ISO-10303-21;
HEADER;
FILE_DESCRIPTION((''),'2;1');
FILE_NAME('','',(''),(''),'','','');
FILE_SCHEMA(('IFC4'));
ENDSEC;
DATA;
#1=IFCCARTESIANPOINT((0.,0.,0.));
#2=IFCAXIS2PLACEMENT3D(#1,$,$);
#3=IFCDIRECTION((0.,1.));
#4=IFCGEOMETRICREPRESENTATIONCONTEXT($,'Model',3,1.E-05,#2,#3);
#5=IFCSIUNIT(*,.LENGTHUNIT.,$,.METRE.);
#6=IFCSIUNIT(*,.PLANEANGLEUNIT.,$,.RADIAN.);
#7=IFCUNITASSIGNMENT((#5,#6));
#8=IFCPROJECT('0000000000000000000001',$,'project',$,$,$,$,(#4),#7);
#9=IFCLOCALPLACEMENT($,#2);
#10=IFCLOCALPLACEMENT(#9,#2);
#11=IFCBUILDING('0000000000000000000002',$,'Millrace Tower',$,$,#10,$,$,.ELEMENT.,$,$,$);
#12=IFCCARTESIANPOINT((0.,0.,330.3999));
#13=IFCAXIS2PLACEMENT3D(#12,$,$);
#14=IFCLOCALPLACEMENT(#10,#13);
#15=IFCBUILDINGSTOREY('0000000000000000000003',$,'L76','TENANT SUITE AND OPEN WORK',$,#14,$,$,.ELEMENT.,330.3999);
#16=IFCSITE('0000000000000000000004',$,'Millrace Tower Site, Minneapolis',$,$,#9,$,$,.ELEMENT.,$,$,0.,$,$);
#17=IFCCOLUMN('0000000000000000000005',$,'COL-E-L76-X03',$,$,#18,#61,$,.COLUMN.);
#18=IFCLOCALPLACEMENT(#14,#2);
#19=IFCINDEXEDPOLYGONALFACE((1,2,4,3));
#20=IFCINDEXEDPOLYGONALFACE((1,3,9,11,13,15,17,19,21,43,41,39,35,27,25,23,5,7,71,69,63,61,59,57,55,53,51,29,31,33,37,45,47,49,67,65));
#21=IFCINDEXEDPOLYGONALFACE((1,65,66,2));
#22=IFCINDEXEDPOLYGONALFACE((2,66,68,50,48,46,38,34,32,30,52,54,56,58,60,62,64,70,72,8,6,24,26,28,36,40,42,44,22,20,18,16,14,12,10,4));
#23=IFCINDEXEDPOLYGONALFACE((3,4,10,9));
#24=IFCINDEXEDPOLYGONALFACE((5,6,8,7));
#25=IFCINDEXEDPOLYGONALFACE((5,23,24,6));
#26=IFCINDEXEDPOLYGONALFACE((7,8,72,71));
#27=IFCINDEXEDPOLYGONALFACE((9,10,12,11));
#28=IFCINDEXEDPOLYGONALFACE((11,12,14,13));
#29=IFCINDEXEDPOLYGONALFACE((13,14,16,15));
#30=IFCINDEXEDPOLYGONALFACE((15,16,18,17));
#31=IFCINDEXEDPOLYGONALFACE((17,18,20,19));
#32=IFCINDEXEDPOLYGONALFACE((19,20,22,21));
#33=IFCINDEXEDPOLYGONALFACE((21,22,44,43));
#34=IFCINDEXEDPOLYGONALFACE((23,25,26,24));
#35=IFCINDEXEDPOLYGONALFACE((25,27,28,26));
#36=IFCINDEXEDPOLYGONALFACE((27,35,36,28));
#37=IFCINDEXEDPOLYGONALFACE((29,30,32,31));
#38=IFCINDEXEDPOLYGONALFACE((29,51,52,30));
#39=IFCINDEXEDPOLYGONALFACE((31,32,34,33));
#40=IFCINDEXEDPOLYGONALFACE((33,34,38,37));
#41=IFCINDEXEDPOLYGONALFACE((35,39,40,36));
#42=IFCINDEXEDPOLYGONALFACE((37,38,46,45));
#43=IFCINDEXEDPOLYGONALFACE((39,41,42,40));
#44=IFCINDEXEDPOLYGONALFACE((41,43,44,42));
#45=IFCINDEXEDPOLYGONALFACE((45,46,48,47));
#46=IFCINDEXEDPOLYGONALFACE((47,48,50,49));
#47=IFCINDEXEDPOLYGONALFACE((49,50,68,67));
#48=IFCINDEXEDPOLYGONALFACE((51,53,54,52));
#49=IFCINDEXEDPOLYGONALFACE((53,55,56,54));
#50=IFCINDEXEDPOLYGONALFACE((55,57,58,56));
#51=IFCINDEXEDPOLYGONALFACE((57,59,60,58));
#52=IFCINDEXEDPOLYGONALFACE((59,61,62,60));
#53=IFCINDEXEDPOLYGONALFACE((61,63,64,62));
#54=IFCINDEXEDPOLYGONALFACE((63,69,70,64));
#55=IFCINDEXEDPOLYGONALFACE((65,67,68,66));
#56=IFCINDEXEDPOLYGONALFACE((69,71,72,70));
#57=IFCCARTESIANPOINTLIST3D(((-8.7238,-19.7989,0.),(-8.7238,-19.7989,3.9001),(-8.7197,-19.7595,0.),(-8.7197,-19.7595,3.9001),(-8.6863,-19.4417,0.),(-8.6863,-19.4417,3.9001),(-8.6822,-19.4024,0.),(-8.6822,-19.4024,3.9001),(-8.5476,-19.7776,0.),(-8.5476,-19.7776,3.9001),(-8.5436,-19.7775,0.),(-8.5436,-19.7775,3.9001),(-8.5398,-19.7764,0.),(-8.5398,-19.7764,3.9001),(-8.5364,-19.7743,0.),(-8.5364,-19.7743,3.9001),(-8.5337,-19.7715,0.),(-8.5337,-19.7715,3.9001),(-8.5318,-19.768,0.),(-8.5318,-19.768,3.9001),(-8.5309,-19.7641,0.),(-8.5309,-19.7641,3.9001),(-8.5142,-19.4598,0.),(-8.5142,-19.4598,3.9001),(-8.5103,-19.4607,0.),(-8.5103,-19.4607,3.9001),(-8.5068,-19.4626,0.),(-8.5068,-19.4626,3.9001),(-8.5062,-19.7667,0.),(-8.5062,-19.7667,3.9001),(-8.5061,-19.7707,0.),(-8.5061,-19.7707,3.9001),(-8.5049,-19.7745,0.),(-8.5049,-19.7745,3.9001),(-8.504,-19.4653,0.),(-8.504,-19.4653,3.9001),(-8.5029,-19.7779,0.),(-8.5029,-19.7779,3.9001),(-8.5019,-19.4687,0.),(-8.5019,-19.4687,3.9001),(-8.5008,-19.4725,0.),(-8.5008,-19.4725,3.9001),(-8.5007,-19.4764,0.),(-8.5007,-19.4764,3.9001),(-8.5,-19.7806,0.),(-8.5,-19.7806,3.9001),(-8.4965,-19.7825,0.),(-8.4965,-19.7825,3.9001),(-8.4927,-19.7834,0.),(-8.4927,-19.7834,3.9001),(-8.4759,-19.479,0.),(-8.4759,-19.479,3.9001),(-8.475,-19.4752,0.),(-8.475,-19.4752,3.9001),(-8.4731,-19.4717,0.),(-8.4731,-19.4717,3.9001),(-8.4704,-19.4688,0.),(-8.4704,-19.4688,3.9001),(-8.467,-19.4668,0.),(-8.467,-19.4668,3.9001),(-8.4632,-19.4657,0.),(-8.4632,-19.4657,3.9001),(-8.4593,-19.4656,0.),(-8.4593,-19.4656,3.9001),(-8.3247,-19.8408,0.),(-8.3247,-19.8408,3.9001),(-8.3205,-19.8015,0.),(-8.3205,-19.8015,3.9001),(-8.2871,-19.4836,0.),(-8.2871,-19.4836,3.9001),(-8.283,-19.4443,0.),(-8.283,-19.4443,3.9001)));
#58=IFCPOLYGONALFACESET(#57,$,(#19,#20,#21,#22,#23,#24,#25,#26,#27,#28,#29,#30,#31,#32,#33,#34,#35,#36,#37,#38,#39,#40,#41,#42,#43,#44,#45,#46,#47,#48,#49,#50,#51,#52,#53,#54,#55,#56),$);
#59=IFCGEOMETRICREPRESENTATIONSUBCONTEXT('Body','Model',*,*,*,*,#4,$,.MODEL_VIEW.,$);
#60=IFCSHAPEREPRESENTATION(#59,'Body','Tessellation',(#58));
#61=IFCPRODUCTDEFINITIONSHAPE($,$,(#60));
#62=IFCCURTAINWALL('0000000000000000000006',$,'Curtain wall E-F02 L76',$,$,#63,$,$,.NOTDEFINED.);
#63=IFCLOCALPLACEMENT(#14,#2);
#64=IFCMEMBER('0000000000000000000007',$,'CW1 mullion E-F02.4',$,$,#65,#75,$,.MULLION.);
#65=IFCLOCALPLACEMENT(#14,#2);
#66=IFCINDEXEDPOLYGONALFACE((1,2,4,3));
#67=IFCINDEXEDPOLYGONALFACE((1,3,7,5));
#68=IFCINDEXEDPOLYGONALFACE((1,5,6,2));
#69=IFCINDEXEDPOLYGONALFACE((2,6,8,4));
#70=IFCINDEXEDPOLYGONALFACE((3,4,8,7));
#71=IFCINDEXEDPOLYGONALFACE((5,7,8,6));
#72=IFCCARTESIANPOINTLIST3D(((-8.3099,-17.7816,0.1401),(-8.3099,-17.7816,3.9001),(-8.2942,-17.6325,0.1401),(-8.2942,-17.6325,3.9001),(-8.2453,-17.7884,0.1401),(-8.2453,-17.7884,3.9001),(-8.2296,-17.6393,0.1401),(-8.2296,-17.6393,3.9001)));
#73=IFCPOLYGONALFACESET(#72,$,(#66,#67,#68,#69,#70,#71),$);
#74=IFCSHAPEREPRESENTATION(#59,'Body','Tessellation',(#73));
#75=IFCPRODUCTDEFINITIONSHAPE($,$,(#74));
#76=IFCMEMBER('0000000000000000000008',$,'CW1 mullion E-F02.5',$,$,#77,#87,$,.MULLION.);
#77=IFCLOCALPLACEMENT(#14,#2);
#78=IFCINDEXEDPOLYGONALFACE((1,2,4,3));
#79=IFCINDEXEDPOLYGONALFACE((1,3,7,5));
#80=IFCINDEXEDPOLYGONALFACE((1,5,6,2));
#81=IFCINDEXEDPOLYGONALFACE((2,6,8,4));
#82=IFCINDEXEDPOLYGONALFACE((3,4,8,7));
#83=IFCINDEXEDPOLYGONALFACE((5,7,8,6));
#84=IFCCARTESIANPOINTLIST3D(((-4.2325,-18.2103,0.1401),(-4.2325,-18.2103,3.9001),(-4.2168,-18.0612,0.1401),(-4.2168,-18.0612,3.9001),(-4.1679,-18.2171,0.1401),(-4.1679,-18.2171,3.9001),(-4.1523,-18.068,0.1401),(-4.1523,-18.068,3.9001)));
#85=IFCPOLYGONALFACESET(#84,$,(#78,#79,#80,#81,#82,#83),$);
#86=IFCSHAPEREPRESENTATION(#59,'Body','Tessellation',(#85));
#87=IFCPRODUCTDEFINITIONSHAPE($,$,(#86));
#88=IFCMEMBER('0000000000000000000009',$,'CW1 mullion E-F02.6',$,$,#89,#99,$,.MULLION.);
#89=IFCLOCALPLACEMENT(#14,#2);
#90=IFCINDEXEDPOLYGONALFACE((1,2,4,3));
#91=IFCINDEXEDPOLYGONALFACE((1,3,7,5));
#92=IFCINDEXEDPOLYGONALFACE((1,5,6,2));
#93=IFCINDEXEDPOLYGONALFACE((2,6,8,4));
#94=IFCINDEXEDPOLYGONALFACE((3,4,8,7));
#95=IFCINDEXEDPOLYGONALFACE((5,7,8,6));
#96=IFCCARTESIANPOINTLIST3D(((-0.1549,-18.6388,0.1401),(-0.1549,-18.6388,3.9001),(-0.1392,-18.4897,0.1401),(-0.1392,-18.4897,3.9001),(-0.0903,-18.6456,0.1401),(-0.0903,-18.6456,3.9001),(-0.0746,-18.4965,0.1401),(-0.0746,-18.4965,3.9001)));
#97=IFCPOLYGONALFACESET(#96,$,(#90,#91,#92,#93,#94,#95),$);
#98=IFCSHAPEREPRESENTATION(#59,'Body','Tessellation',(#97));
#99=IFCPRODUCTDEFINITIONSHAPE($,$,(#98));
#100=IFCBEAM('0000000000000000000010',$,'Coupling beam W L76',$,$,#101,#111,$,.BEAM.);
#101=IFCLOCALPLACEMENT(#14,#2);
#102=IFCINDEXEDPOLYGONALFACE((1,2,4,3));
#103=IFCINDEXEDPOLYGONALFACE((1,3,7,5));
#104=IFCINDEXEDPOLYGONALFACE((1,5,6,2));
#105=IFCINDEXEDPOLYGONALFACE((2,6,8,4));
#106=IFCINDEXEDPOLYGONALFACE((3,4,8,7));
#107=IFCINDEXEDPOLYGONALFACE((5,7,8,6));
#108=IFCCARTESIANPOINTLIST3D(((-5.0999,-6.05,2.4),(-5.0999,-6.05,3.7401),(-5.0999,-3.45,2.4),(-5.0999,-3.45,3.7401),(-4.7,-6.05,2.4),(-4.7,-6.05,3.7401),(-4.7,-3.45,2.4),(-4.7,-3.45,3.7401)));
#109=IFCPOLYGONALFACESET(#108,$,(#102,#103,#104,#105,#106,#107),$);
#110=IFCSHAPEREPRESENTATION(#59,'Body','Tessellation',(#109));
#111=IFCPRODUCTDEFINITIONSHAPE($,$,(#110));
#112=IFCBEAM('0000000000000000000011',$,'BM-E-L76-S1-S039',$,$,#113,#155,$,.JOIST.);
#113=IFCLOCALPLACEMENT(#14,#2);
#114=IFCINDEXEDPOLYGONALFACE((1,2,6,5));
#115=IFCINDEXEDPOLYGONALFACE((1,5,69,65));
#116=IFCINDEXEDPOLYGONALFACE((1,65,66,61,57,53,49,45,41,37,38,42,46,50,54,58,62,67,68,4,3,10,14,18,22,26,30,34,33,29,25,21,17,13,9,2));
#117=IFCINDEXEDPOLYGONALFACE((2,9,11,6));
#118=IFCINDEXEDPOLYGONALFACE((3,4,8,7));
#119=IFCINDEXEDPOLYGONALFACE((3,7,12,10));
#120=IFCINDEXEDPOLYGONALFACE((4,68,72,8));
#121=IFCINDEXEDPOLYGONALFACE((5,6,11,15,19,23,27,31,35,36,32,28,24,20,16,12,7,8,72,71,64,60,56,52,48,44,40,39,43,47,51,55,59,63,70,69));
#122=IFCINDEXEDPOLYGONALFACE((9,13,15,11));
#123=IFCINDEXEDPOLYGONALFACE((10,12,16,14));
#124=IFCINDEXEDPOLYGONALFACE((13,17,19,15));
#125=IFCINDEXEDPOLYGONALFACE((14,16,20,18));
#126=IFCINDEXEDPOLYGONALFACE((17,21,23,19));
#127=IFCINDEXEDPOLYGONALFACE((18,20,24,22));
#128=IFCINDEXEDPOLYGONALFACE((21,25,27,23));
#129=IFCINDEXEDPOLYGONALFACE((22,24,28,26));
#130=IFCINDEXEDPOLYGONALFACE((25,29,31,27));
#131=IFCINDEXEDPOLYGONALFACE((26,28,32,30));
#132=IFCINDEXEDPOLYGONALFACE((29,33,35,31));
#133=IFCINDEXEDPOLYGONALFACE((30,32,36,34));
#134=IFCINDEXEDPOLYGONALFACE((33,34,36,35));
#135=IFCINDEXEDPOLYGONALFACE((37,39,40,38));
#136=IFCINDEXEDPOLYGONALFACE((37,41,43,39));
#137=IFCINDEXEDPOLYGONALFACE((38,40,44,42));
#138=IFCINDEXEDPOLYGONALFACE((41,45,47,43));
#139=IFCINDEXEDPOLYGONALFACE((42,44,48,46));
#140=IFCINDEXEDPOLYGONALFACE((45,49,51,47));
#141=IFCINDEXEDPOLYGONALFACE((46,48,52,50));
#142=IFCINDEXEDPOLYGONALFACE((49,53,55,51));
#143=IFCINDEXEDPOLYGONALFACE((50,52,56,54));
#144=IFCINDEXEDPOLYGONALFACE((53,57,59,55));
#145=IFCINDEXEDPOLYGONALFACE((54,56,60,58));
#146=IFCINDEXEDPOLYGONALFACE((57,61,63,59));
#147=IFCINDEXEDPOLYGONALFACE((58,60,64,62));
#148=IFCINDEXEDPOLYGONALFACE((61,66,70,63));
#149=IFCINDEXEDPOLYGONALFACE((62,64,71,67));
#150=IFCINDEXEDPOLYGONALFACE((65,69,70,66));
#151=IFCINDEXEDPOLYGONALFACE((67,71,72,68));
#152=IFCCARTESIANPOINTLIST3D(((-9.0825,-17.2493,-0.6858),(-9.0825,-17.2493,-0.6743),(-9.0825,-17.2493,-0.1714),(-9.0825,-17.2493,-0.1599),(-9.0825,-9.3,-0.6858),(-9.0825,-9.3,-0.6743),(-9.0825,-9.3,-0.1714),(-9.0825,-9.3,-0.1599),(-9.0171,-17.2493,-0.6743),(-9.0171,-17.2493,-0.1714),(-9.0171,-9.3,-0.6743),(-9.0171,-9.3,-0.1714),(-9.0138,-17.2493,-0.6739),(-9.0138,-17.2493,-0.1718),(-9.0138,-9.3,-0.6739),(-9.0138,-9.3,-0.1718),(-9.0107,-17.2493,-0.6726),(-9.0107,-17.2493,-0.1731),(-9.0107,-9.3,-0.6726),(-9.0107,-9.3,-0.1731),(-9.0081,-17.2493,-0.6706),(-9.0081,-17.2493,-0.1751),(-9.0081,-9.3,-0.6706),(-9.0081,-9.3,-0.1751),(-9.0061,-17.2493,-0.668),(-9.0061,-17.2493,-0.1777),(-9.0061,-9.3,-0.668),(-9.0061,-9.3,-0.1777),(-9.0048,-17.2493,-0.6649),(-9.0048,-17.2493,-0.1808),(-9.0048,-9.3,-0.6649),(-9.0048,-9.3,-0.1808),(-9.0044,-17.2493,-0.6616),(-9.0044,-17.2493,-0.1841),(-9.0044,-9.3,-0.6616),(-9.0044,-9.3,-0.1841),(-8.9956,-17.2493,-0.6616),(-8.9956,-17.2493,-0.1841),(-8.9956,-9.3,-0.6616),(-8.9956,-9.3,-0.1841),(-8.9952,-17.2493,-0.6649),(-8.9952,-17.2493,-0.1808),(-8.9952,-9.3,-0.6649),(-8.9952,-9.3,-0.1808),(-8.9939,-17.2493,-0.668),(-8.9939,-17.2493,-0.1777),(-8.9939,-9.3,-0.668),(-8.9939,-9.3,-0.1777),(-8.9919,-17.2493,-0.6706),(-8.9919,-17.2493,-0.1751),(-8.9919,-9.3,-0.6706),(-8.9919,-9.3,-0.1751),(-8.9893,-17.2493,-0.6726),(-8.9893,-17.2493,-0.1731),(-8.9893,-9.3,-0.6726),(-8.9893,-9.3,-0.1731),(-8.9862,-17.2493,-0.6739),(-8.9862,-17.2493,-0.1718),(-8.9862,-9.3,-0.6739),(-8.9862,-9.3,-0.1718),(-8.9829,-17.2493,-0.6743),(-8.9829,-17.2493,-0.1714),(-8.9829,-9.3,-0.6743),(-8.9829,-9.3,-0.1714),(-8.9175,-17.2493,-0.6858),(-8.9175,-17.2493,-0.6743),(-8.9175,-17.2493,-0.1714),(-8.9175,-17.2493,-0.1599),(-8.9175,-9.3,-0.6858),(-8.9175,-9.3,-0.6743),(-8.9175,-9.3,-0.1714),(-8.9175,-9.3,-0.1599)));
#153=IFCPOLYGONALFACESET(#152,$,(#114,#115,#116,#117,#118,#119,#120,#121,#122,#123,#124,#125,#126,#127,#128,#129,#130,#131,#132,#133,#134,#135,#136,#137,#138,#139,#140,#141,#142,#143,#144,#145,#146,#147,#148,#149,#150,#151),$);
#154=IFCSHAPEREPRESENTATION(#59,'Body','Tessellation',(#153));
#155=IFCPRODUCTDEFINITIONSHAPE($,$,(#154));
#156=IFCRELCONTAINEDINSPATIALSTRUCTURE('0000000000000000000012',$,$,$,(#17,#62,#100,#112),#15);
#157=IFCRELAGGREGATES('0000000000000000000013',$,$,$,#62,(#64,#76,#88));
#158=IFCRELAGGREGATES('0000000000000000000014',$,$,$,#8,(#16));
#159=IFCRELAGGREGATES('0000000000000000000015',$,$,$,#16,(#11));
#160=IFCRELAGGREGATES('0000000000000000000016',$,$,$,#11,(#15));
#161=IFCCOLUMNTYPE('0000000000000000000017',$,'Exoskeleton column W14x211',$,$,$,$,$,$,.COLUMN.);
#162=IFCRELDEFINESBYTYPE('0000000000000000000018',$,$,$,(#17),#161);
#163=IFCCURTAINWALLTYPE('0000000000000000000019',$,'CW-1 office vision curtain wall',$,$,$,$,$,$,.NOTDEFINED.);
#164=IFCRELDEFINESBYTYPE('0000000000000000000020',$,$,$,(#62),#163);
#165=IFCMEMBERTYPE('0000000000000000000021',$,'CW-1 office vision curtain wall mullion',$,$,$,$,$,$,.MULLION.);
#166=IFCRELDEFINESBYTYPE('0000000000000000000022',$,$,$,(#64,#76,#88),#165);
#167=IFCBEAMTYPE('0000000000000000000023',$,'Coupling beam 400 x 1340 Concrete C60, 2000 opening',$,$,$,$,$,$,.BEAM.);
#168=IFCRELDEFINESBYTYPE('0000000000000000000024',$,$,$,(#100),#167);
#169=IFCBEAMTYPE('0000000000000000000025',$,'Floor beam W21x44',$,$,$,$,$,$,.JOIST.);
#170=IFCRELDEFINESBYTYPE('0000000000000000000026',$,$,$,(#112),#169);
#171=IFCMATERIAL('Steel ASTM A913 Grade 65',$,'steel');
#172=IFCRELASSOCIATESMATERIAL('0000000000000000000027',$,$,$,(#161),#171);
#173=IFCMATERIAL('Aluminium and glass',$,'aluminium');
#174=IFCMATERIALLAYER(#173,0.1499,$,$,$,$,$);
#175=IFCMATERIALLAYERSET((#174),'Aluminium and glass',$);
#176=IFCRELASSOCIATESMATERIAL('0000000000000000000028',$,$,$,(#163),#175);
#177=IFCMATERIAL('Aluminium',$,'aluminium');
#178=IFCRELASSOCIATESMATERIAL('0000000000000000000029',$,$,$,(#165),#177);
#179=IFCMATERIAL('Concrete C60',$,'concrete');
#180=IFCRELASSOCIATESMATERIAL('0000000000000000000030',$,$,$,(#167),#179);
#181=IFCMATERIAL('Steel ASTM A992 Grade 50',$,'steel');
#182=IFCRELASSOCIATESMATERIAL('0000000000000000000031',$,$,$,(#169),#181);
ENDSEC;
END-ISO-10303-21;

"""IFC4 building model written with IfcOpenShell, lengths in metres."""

from ifc_helpers import new_model, si_unit, direction, frame, origin, origin_2d, place, context, subcontext, project, spatial, rectangle, i_section, extrude, material, layer, layer_set, material_profile, profile_set, type_object, element, aggregate, save


model = new_model("IFC4")

# Units and contexts
model_context = context("Model", 3, precision=1e-05, world=origin(), true_north=direction((0.0, 1.0)))
body_context = subcontext(model_context, "Body", "Model", "MODEL_VIEW")
ifc_project = project(units=[si_unit("LENGTHUNIT", "METRE"), si_unit("PLANEANGLEUNIT", "RADIAN")], contexts=[model_context])

# Site, building, storey
site_placement = place(None, origin())
site = spatial("IfcSite", under=ifc_project, at=site_placement, Name="Millrace Tower Site, Minneapolis", CompositionType="ELEMENT", RefElevation=0.0)
building_placement = place(site_placement, origin())
building = spatial("IfcBuilding", under=site, at=building_placement, Name="Millrace Tower", CompositionType="ELEMENT")
storey_placement = place(building_placement, frame((0.0, 0.0, 330.3999)))
storey = spatial("IfcBuildingStorey", under=building, at=storey_placement, Name="L76", Description="TENANT SUITE AND OPEN WORK", CompositionType="ELEMENT", Elevation=330.3999)

# Column
ifc_material_1 = material(Name="Steel ASTM A913 Grade 65", Category="steel")
ifc_material_profile_1 = material_profile(ifc_material_1, i_section(OverallWidth=0.4014, OverallDepth=0.3987, WebThickness=0.0249, FlangeThickness=0.0396, FilletRadius=0.0151, at=origin_2d()))
ifc_profile_set_1 = profile_set([ifc_material_profile_1], Name="Steel ASTM A913 Grade 65")
column_type = type_object("IfcColumnType", Name="Exoskeleton column W14x211", PredefinedType="COLUMN", material=ifc_profile_set_1)
column_placement = place(storey_placement, frame((-8.5034, -19.6216, 0.0), z_axis=(0.0, 0.0, 1.0), x_axis=(0.994522, -0.104528, 0.0)))
element("IfcColumn", 1, at=column_placement, inside=storey, type_object=column_type, Name="COL-E-L76-X03", PredefinedType="COLUMN", context=body_context, shape_type="SweptSolid", body=[
    extrude(i_section(OverallWidth=0.4014, OverallDepth=0.3987, WebThickness=0.0249, FlangeThickness=0.0396, FilletRadius=0.0151, at=origin_2d()), origin(), (0.0, 0.0, 1.0), 3.9001),
])

# Curtain wall, members
ifc_material_2 = material(Name="Aluminium and glass", Category="aluminium")
ifc_layer_1 = layer(ifc_material_2, 0.1499)
ifc_layer_set_1 = layer_set([ifc_layer_1], Name="Aluminium and glass")
curtain_wall_type = type_object("IfcCurtainWallType", Name="CW-1 office vision curtain wall", PredefinedType="NOTDEFINED", material=ifc_layer_set_1)
curtain_wall_placement = place(storey_placement, origin())
curtain_wall = element("IfcCurtainWall", 2, at=curtain_wall_placement, inside=storey, type_object=curtain_wall_type, Name="Curtain wall E-F02 L76", PredefinedType="NOTDEFINED")
ifc_material_3 = material(Name="Aluminium", Category="aluminium")
ifc_material_profile_2 = material_profile(ifc_material_3, rectangle(XDim=0.0649, YDim=0.1499, at=origin_2d()))
ifc_profile_set_2 = profile_set([ifc_material_profile_2], Name="Aluminium")
member_type = type_object("IfcMemberType", Name="CW-1 office vision curtain wall mullion", PredefinedType="MULLION", material=ifc_profile_set_2)
member_1_placement = place(storey_placement, frame((-8.2698, -17.7104, 0.1401), z_axis=(0.0, 0.0, 1.0), x_axis=(0.994522, -0.104528, 0.0)))
member_1 = element("IfcMember", 3, at=member_1_placement, type_object=member_type, Name="CW1 mullion E-F02.4", PredefinedType="MULLION", context=body_context, shape_type="SweptSolid", body=[
    extrude(rectangle(XDim=0.0649, YDim=0.1499, at=origin_2d()), origin(), (0.0, 0.0, 1.0), 3.76),
])
member_2_placement = place(storey_placement, frame((-4.1924, -18.1392, 0.1401), z_axis=(0.0, 0.0, 1.0), x_axis=(0.994522, -0.104528, 0.0)))
member_2 = element("IfcMember", 4, at=member_2_placement, type_object=member_type, Name="CW1 mullion E-F02.5", PredefinedType="MULLION", context=body_context, shape_type="SweptSolid", body=[
    extrude(rectangle(XDim=0.0649, YDim=0.1499, at=origin_2d()), origin(), (0.0, 0.0, 1.0), 3.76),
])
member_3_placement = place(storey_placement, frame((-0.1147, -18.5676, 0.1401), z_axis=(0.0, 0.0, 1.0), x_axis=(0.994522, -0.104528, 0.0)))
member_3 = element("IfcMember", 5, at=member_3_placement, type_object=member_type, Name="CW1 mullion E-F02.6", PredefinedType="MULLION", context=body_context, shape_type="SweptSolid", body=[
    extrude(rectangle(XDim=0.0649, YDim=0.1499, at=origin_2d()), origin(), (0.0, 0.0, 1.0), 3.76),
])
aggregate(curtain_wall, [member_1, member_2, member_3])

# Beams
ifc_material_4 = material(Name="Concrete C60", Category="concrete")
ifc_material_profile_3 = material_profile(ifc_material_4, rectangle(XDim=0.3999, YDim=1.3401, at=origin_2d()))
ifc_profile_set_3 = profile_set([ifc_material_profile_3], Name="Concrete C60")
beam_type_1 = type_object("IfcBeamType", Name="Coupling beam 400 x 1340 Concrete C60, 2000 opening", PredefinedType="BEAM", material=ifc_profile_set_3)
beam_1_placement = place(storey_placement, frame((-4.8999, -6.05, 3.0701), z_axis=(0.0, 1.0, 0.0), x_axis=(-1.0, 0.0, 0.0)))
element("IfcBeam", 6, at=beam_1_placement, inside=storey, type_object=beam_type_1, Name="Coupling beam W L76", PredefinedType="BEAM", context=body_context, shape_type="SweptSolid", body=[
    extrude(rectangle(XDim=0.3999, YDim=1.3401, at=origin_2d()), origin(), (0.0, 0.0, 1.0), 2.6001),
])
ifc_material_5 = material(Name="Steel ASTM A992 Grade 50", Category="steel")
ifc_material_profile_4 = material_profile(ifc_material_5, i_section(OverallWidth=0.165, OverallDepth=0.5259, WebThickness=0.0088, FlangeThickness=0.0115, FilletRadius=0.0127, at=origin_2d()))
ifc_profile_set_4 = profile_set([ifc_material_profile_4], Name="Steel ASTM A992 Grade 50")
beam_type_2 = type_object("IfcBeamType", Name="Floor beam W21x44", PredefinedType="JOIST", material=ifc_profile_set_4)
beam_2_placement = place(storey_placement, frame((-9.0, -17.2493, -0.4229), z_axis=(0.0, 1.0, 0.0), x_axis=(-1.0, 0.0, 0.0)))
element("IfcBeam", 7, at=beam_2_placement, inside=storey, type_object=beam_type_2, Name="BM-E-L76-S1-S039", PredefinedType="JOIST", context=body_context, shape_type="SweptSolid", body=[
    extrude(i_section(OverallWidth=0.165, OverallDepth=0.5259, WebThickness=0.0088, FlangeThickness=0.0115, FilletRadius=0.0127, at=origin_2d()), origin(), (0.0, 0.0, 1.0), 7.9492),
])

save(model, "model.ifc")
